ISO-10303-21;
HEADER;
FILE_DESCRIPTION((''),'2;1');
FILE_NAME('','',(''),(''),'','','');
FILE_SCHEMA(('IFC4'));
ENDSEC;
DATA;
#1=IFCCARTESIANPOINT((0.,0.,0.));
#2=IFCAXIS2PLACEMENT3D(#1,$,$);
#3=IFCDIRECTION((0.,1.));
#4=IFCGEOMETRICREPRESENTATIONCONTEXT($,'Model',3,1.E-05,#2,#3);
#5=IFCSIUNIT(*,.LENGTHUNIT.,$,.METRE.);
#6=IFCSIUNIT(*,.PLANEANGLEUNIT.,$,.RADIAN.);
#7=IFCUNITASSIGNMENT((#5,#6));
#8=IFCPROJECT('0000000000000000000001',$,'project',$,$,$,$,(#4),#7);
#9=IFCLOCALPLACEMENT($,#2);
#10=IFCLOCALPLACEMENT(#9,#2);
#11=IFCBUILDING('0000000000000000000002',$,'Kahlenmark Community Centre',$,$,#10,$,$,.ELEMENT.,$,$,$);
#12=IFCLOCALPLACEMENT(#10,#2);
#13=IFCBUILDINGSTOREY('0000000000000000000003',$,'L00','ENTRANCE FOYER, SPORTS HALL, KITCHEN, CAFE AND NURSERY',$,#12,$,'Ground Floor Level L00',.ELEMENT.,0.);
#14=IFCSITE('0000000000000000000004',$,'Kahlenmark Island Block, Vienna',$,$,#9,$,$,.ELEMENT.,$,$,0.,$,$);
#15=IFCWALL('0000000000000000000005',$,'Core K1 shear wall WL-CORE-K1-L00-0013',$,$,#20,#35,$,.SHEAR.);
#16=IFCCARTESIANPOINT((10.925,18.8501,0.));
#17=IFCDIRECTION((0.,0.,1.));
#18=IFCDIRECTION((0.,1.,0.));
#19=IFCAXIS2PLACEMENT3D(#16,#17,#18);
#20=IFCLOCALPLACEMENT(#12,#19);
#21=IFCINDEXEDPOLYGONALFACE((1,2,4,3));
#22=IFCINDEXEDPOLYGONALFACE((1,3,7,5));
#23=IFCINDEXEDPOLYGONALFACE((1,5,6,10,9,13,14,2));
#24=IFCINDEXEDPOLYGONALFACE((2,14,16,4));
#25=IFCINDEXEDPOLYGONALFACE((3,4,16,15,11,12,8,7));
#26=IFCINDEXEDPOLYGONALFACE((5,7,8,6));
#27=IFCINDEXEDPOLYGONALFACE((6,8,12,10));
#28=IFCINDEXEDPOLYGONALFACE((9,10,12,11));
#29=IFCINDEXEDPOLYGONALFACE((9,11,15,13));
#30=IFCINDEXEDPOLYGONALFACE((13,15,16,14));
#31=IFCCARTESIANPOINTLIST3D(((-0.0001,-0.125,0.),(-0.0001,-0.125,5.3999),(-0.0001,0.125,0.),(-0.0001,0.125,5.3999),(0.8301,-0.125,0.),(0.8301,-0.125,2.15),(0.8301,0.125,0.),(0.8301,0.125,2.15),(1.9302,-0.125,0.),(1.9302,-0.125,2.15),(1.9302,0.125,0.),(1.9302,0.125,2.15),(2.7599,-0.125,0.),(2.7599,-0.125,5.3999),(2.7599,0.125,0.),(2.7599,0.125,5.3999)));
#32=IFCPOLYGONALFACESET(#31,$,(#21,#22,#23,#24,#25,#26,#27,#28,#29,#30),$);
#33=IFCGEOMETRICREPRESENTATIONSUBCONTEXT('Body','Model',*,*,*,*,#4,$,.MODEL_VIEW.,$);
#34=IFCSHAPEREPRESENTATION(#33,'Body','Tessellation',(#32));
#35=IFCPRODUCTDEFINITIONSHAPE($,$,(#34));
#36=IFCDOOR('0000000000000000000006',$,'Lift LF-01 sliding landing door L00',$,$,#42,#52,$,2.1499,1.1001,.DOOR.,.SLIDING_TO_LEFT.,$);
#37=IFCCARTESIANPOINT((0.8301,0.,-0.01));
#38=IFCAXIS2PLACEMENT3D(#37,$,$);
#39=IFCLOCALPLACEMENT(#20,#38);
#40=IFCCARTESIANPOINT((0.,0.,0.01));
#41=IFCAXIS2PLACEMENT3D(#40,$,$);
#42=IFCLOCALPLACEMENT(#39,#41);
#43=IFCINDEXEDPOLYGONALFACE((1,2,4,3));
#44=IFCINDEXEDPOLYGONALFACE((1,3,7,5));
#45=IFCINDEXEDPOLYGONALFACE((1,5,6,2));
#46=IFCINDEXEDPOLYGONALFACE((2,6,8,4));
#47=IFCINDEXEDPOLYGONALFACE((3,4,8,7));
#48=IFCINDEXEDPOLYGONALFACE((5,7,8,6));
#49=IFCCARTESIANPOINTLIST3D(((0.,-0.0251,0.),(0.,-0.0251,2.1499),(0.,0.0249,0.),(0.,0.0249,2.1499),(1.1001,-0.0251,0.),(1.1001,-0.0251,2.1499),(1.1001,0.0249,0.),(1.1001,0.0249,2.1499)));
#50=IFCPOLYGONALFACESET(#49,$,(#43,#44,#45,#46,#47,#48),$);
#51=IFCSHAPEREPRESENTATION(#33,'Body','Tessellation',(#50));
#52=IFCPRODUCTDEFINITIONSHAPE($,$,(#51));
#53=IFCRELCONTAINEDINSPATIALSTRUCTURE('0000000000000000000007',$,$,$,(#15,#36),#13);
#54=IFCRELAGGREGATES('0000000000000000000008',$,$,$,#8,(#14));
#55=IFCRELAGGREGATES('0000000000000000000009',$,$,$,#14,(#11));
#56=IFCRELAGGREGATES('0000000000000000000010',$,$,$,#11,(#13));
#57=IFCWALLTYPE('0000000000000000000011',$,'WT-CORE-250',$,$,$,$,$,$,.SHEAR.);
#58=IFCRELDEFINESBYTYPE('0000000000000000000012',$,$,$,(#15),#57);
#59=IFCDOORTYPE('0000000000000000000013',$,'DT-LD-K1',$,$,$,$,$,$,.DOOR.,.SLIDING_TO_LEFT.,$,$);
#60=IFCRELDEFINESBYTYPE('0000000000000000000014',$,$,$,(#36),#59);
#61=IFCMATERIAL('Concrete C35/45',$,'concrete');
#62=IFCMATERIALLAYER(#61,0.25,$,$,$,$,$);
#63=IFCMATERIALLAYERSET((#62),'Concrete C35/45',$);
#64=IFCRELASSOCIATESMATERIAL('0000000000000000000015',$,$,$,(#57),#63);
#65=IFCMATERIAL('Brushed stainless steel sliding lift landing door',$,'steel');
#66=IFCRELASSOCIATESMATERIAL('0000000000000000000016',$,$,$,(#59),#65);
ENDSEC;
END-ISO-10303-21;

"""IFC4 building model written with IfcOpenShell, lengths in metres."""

from ifc_helpers import new_model, si_unit, direction, frame, frame_2d, origin, place, context, subcontext, project, spatial, rectangle, extrude, material, layer, layer_set, type_object, element, fill, save


model = new_model("IFC4")

# Units and contexts
model_context = context("Model", 3, precision=1e-05, world=origin(), true_north=direction((0.0, 1.0)))
body_context = subcontext(model_context, "Body", "Model", "MODEL_VIEW")
ifc_project = project(units=[si_unit("LENGTHUNIT", "METRE"), si_unit("PLANEANGLEUNIT", "RADIAN")], contexts=[model_context])

# Site, building, storey
site_placement = place(None, origin())
site = spatial("IfcSite", under=ifc_project, at=site_placement, Name="Kahlenmark Island Block, Vienna", CompositionType="ELEMENT", RefElevation=0.0)
building_placement = place(site_placement, origin())
building = spatial("IfcBuilding", under=site, at=building_placement, Name="Kahlenmark Community Centre", CompositionType="ELEMENT")
storey_placement = place(building_placement, origin())
storey = spatial("IfcBuildingStorey", under=building, at=storey_placement, Name="L00", Description="ENTRANCE FOYER, SPORTS HALL, KITCHEN, CAFE AND NURSERY", LongName="Ground Floor Level L00", CompositionType="ELEMENT", Elevation=0.0)

# Shared definitions
ifc_material_1 = material(Name="Concrete C35/45", Category="concrete")

# Shared definitions
ifc_layer_1 = layer(ifc_material_1, 0.25)
ifc_layer_set_1 = layer_set([ifc_layer_1], Name="Concrete C35/45")
wall_type_1 = type_object("IfcWallType", Name="WT-CORE-250", PredefinedType="SHEAR", material=ifc_layer_set_1)

# Wall, opening, door
wall_1_placement = place(storey_placement, frame((10.925, 18.8501, 0.0), z_axis=(0.0, 0.0, 1.0), x_axis=(0.0, 1.0, 0.0)))
wall_1 = element("IfcWall", 1, at=wall_1_placement, inside=storey, type_object=wall_type_1, Name="Core K1 shear wall WL-CORE-K1-L00-0013", PredefinedType="SHEAR", context=body_context, shape_type="SweptSolid", body=[
    extrude(rectangle(XDim=2.76, YDim=0.25, at=frame_2d((1.3799, 0.0))), origin(), (0.0, 0.0, 1.0), 5.3999),
])
opening_1_placement = place(wall_1_placement, frame((0.8301, 0.0, -0.01)))
opening_1 = element("IfcOpeningElement", 2, at=opening_1_placement, cuts=wall_1, PredefinedType="OPENING", context=body_context, shape_type="SweptSolid", body=[
    extrude(rectangle(XDim=1.1001, YDim=2.1599, at=frame_2d((0.55, 1.0801))), frame((0.0, 0.135, 0.0), z_axis=(0.0, -1.0, 0.0), x_axis=(1.0, 0.0, 0.0)), (0.0, 0.0, 1.0), 0.27),
])
ifc_material_2 = material(Name="Brushed stainless steel sliding lift landing door", Category="steel")
door_type_1 = type_object("IfcDoorType", Name="DT-LD-K1", OperationType="SLIDING_TO_LEFT", PredefinedType="DOOR", material=ifc_material_2)
door_1_placement = place(opening_1_placement, frame((0.0, 0.0, 0.01)))
door_1 = element("IfcDoor", 3, at=door_1_placement, inside=storey, type_object=door_type_1, Name="Lift LF-01 sliding landing door L00", OperationType="SLIDING_TO_LEFT", OverallHeight=2.1499, OverallWidth=1.1001, PredefinedType="DOOR", context=body_context, shape_type="SweptSolid", body=[
    extrude(rectangle(XDim=1.1001, YDim=2.1499, at=frame_2d((0.55, 1.075))), frame((0.0, 0.0249, 0.0), z_axis=(0.0, -1.0, 0.0), x_axis=(1.0, 0.0, 0.0)), (0.0, 0.0, 1.0), 0.05),
])
fill(opening_1, door_1)

save(model, "model.ifc")
